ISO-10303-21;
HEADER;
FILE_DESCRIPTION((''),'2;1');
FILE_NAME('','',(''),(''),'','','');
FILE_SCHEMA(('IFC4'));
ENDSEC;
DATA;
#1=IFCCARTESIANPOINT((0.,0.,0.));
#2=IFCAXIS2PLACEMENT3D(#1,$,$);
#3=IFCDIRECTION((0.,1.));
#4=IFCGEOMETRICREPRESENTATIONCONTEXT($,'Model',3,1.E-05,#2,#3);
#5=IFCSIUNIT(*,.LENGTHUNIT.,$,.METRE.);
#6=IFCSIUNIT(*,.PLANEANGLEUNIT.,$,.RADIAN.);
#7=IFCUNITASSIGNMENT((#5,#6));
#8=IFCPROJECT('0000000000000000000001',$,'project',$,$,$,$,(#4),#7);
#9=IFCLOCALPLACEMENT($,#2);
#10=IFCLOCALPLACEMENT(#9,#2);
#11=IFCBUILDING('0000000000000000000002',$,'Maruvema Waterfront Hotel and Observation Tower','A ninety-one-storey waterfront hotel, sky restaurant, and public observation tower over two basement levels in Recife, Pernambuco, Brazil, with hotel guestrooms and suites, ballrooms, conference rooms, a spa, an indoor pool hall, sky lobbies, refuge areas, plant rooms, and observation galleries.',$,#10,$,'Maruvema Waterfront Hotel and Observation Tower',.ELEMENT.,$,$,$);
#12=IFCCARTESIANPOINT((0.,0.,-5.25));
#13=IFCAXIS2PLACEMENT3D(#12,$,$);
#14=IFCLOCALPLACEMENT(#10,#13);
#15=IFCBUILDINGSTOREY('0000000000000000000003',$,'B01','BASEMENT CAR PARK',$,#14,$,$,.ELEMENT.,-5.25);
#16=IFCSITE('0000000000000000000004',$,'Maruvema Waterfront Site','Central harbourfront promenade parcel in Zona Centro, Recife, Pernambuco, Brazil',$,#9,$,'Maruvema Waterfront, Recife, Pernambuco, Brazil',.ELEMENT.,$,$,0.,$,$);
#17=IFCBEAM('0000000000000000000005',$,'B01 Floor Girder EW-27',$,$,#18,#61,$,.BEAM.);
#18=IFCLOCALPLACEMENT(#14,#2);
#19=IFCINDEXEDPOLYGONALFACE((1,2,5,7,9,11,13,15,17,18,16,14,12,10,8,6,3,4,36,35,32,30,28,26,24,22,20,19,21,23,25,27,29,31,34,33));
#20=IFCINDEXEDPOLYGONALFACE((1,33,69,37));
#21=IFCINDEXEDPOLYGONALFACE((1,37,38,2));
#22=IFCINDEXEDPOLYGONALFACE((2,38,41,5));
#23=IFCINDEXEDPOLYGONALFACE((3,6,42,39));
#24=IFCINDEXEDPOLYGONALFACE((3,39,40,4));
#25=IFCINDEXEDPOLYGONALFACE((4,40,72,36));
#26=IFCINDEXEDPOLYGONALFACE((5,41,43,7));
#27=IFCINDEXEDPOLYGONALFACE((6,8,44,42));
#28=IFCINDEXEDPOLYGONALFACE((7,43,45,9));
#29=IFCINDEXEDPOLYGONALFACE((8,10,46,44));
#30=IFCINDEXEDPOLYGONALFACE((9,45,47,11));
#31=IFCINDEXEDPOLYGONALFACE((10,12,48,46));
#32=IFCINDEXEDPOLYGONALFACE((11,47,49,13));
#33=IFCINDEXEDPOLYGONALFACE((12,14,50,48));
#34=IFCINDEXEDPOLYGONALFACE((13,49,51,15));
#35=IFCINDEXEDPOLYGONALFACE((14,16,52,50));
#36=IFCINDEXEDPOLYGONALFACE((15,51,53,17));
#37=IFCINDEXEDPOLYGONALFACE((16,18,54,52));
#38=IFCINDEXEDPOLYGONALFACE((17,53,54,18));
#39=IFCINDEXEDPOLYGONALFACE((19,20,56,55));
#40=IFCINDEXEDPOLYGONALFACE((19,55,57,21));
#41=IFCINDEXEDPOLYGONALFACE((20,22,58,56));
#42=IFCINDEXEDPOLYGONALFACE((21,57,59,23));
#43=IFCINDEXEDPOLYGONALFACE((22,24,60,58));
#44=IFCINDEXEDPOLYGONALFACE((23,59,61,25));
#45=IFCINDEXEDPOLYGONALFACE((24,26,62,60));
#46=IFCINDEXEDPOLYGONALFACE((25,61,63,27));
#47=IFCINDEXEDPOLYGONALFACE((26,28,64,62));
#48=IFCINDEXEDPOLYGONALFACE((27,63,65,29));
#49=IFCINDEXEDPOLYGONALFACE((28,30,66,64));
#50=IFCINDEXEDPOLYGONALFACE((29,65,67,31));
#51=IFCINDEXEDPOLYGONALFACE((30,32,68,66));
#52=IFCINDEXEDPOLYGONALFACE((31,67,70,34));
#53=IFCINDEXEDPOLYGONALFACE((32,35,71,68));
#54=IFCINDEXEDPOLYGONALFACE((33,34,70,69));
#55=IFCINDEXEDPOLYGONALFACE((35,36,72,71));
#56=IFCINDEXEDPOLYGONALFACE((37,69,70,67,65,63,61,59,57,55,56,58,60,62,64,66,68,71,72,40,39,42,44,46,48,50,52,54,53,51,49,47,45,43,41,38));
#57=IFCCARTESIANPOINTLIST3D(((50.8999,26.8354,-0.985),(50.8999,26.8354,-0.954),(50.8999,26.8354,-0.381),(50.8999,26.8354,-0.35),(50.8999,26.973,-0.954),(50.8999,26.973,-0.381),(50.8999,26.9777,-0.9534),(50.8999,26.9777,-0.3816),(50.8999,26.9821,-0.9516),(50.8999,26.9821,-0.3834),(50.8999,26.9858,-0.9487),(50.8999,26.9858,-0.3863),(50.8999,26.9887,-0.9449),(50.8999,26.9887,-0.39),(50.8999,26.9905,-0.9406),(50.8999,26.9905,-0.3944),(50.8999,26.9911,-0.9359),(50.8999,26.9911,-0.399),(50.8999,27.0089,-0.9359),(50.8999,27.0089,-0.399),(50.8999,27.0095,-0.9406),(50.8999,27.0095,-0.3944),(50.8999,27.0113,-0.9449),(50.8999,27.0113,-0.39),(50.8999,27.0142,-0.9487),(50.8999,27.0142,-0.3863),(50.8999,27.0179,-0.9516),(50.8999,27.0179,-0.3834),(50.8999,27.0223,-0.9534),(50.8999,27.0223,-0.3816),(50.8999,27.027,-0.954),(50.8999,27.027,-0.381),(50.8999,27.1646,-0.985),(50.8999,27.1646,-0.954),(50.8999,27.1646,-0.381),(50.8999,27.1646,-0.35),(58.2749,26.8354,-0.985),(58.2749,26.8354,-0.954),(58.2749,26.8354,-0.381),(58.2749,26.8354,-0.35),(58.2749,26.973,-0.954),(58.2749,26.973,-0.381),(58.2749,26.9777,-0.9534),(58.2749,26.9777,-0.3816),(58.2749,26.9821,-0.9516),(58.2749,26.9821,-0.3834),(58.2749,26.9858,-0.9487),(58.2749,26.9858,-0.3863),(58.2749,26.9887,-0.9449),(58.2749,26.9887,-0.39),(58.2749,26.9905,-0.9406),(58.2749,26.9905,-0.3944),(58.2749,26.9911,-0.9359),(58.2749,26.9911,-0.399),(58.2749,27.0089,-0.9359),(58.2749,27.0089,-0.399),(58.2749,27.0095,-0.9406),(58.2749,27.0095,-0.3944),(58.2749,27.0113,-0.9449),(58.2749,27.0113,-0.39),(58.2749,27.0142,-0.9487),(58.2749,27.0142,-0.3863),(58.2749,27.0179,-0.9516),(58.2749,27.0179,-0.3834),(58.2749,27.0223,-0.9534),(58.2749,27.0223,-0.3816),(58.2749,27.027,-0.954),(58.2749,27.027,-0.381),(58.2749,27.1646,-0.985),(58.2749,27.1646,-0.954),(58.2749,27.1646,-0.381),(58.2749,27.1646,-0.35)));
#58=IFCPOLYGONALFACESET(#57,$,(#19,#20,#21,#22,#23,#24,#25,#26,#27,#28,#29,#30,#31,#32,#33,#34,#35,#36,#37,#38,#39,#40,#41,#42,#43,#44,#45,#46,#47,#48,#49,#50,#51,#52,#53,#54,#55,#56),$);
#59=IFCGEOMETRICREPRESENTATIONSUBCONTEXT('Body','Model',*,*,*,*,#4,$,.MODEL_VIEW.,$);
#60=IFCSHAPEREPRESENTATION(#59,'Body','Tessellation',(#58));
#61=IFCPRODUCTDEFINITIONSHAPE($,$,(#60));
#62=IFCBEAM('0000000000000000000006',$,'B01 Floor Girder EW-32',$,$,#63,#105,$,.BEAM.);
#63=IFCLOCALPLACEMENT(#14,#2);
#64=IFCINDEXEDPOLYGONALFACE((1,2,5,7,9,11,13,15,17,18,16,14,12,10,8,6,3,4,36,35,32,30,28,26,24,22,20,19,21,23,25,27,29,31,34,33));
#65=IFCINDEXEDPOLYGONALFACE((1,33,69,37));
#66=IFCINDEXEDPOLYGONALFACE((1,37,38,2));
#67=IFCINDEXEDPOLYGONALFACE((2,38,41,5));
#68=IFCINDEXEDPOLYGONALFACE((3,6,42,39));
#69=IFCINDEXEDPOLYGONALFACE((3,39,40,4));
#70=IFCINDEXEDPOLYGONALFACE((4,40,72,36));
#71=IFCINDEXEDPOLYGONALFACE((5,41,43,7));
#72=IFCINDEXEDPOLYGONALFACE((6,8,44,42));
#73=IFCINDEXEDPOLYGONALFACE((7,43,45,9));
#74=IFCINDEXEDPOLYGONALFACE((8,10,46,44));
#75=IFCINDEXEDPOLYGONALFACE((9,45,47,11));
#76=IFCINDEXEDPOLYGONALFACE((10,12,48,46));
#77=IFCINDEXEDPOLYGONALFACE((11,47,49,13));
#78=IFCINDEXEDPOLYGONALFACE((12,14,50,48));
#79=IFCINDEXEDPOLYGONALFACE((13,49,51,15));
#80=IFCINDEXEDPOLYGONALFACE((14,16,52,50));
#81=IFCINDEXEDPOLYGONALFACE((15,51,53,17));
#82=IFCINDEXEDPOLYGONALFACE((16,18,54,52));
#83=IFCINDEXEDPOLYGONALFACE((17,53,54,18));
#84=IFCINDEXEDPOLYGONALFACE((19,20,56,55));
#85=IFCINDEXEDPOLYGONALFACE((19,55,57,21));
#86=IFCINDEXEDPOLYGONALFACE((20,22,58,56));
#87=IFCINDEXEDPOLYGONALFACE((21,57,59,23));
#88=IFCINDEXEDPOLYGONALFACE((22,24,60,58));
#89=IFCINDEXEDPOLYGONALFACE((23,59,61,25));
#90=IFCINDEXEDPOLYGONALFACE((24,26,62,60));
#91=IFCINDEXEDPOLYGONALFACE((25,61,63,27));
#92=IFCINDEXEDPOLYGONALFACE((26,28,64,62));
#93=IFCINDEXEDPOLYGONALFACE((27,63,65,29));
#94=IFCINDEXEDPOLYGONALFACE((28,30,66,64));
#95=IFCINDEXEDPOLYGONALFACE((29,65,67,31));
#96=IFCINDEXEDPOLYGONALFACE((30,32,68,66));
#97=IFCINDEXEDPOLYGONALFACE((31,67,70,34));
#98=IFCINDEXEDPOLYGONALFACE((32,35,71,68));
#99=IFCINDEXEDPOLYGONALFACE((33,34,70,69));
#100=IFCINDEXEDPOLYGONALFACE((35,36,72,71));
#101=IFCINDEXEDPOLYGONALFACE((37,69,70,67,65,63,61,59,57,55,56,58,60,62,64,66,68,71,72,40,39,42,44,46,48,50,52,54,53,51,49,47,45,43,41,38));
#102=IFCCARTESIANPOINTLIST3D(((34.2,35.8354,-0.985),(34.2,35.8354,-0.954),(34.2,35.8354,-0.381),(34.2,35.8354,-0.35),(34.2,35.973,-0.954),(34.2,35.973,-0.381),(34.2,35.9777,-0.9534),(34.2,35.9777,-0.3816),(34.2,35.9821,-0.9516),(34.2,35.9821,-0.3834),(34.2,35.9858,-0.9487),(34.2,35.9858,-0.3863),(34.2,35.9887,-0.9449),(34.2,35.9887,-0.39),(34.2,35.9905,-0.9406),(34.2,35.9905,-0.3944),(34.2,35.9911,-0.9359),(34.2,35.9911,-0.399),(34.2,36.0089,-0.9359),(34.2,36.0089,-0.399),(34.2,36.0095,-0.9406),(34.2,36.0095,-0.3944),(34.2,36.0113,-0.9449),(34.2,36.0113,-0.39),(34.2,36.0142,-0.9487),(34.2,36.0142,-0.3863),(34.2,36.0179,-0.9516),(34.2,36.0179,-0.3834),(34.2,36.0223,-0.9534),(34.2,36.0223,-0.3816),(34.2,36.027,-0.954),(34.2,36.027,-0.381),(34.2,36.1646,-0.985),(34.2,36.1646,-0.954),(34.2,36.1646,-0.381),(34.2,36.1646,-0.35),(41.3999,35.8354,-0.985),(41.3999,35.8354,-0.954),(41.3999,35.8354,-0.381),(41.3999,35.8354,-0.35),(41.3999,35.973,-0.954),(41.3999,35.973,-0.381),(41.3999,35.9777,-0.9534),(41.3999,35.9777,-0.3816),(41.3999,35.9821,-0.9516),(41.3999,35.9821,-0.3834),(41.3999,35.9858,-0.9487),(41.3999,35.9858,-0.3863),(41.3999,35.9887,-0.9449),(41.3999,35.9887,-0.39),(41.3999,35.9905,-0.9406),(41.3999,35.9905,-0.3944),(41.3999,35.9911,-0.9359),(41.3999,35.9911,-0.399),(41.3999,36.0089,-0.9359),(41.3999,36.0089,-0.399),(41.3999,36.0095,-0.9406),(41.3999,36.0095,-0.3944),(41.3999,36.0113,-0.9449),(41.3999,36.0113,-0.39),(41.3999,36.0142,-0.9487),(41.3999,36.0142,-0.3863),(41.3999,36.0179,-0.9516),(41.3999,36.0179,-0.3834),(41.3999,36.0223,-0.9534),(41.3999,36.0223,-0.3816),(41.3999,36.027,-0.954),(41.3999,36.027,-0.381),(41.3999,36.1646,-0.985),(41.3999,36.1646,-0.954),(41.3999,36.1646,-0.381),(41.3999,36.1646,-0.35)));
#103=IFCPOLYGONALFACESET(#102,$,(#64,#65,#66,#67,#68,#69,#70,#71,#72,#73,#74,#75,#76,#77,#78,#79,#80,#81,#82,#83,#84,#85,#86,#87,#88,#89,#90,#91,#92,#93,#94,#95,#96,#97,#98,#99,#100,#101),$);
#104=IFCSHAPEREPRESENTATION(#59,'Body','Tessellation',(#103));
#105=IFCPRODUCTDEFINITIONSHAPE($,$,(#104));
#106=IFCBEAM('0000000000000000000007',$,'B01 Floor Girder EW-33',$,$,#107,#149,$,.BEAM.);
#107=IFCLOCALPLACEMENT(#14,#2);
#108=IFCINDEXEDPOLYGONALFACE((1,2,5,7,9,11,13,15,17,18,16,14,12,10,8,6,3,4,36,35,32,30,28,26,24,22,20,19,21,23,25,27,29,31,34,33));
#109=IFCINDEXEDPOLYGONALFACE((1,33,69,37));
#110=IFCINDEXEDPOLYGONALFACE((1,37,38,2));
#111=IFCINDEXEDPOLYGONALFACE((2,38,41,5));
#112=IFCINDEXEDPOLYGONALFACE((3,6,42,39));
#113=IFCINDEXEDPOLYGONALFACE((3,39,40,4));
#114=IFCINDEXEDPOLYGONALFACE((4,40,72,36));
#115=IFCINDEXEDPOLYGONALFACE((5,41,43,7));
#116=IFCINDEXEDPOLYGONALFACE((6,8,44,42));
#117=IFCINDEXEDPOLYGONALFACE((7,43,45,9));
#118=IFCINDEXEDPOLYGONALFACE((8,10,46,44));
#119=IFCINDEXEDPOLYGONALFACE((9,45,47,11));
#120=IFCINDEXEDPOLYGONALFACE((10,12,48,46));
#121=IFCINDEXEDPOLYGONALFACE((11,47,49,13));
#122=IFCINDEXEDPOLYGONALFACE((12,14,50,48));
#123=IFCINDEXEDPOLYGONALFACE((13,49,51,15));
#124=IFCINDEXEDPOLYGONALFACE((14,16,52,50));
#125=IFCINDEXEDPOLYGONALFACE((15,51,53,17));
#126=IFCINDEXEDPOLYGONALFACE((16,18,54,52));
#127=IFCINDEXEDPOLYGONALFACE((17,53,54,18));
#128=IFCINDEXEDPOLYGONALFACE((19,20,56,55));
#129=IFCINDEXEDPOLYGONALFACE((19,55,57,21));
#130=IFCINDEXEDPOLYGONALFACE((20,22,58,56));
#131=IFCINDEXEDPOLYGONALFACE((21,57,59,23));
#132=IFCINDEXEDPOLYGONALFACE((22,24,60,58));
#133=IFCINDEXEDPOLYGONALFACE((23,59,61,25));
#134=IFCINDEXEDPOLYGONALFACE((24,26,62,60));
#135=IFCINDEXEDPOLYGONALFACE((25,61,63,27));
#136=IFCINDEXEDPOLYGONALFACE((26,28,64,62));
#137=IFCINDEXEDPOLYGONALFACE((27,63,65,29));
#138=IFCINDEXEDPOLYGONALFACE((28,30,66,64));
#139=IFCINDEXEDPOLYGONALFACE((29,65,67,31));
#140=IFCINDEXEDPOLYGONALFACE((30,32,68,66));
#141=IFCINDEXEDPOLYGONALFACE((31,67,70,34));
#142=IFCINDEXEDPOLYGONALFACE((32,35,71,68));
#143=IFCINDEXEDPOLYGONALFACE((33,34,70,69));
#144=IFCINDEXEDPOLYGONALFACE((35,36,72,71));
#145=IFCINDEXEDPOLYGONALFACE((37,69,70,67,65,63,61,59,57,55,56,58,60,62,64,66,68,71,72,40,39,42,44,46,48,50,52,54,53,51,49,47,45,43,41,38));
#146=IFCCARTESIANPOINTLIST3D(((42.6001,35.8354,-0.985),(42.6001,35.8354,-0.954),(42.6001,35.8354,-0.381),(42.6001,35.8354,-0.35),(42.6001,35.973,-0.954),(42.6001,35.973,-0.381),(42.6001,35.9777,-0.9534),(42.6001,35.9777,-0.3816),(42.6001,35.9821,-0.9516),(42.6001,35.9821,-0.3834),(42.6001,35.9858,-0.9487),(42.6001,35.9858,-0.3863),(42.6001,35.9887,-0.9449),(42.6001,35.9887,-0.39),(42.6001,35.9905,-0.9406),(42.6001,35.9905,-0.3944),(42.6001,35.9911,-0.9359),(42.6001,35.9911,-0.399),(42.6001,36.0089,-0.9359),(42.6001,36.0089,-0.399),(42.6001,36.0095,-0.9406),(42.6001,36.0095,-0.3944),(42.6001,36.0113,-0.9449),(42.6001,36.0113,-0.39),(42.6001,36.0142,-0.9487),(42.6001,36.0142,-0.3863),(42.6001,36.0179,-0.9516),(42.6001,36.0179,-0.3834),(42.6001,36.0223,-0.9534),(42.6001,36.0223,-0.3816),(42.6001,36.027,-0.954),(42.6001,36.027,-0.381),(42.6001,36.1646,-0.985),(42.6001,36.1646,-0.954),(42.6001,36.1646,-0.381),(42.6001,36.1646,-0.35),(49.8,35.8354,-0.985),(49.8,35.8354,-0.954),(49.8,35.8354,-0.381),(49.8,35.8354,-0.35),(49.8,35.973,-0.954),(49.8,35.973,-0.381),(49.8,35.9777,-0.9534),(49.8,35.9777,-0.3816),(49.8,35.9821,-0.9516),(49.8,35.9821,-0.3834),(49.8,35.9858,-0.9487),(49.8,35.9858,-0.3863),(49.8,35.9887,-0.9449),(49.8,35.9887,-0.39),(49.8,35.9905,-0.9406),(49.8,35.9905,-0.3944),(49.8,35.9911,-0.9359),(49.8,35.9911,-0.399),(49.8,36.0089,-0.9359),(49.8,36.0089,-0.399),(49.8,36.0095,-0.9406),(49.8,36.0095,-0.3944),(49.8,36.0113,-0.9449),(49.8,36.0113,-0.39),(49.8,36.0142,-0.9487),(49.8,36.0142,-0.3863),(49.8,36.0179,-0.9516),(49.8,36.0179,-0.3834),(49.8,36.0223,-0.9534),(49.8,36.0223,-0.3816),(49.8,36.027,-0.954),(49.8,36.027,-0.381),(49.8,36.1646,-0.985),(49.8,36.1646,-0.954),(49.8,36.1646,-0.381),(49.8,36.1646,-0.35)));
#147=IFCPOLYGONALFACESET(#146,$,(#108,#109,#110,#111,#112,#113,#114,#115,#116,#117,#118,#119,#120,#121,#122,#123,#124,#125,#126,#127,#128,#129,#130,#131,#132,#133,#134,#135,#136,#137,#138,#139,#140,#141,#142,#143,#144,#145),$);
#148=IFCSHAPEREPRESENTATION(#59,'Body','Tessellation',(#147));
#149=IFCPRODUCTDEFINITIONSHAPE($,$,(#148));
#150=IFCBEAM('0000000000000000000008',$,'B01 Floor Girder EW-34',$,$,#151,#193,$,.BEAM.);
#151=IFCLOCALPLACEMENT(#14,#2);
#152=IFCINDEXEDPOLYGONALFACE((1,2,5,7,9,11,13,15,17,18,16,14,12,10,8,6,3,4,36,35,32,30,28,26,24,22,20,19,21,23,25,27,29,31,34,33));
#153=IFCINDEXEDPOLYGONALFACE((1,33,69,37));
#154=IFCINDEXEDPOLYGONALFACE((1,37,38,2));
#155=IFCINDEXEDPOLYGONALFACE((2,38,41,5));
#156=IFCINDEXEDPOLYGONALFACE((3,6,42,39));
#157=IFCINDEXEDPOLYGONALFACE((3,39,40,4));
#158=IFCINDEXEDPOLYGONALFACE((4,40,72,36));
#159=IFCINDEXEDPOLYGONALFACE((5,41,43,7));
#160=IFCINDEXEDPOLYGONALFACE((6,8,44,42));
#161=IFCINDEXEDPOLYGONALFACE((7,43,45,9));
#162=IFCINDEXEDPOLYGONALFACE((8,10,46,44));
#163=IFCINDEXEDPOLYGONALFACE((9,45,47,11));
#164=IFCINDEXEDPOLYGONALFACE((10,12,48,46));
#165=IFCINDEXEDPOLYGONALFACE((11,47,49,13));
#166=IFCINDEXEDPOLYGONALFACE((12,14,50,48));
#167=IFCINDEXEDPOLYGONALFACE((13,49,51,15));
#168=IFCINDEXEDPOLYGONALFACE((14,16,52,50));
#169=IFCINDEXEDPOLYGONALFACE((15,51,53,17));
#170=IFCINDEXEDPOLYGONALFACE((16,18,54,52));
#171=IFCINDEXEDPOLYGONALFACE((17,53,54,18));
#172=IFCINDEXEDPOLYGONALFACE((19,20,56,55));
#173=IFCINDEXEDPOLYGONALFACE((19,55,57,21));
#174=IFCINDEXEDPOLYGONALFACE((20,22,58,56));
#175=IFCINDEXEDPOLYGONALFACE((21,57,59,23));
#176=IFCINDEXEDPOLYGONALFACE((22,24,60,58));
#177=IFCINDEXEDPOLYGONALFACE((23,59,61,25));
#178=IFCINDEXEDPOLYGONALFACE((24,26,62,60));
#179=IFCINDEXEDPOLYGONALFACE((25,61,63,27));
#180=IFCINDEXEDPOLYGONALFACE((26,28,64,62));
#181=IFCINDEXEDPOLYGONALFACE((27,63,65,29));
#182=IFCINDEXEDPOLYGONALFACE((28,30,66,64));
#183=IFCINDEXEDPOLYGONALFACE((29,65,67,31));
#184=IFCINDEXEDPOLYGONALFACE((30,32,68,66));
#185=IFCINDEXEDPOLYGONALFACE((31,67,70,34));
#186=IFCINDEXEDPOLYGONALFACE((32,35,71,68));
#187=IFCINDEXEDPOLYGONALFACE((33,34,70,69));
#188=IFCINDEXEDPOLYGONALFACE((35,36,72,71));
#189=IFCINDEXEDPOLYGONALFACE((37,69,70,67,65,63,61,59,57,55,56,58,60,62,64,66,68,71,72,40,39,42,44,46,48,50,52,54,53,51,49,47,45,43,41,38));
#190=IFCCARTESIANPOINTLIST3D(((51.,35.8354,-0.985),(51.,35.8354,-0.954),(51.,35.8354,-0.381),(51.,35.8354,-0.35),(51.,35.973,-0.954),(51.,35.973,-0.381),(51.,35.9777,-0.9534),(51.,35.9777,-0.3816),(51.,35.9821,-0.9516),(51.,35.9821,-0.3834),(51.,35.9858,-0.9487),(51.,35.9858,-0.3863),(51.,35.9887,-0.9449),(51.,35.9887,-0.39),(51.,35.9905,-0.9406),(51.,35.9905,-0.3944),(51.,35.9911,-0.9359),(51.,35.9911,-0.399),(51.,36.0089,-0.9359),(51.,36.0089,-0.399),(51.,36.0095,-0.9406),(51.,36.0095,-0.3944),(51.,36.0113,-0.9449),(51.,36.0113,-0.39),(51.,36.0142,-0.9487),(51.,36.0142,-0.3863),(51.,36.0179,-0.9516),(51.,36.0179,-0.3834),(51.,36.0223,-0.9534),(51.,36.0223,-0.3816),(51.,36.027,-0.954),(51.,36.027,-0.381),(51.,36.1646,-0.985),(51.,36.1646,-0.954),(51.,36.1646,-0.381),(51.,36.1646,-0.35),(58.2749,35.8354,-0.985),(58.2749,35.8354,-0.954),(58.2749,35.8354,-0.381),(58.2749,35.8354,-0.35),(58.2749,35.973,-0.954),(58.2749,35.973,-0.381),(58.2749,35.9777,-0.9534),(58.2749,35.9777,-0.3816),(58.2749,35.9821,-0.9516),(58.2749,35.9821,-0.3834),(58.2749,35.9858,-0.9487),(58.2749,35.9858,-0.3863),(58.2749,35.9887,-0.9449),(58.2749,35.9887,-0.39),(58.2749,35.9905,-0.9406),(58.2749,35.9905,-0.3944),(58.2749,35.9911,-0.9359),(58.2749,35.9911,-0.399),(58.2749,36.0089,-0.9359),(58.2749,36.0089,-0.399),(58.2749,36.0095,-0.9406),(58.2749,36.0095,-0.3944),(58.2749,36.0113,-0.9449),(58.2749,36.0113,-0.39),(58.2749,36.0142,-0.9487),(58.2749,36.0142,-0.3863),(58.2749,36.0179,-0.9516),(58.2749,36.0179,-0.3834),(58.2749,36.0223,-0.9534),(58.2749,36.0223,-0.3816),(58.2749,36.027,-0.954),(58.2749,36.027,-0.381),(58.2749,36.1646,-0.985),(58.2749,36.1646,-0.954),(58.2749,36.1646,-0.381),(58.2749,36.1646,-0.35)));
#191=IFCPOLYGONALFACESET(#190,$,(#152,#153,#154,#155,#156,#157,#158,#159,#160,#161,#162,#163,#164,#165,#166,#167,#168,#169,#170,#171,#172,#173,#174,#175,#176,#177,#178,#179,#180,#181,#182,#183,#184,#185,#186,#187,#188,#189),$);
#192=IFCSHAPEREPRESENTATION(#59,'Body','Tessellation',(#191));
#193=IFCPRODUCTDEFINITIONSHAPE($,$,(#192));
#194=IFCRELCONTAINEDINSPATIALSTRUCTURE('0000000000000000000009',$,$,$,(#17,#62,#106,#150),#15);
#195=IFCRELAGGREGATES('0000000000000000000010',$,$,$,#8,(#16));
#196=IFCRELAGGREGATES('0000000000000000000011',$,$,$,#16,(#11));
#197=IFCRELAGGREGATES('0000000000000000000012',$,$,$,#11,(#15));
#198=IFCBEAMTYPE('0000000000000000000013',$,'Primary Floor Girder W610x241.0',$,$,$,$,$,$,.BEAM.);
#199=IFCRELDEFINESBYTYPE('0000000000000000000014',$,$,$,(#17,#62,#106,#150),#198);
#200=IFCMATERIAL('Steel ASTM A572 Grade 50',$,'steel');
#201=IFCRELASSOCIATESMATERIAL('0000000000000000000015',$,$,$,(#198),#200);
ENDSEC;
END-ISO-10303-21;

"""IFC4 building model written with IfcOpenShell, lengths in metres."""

from ifc_helpers import new_model, si_unit, direction, frame, origin, origin_2d, place, context, subcontext, project, spatial, i_section, extrude, material, material_profile, profile_set, type_object, element, save


model = new_model("IFC4")

# Units and contexts
model_context = context("Model", 3, precision=1e-05, world=origin(), true_north=direction((0.0, 1.0)))
body_context = subcontext(model_context, "Body", "Model", "MODEL_VIEW")
ifc_project = project(units=[si_unit("LENGTHUNIT", "METRE"), si_unit("PLANEANGLEUNIT", "RADIAN")], contexts=[model_context])

# Site, building, storey
site_placement = place(None, origin())
site = spatial("IfcSite", under=ifc_project, at=site_placement, Name="Maruvema Waterfront Site", Description="Central harbourfront promenade parcel in Zona Centro, Recife, Pernambuco, Brazil", LongName="Maruvema Waterfront, Recife, Pernambuco, Brazil", CompositionType="ELEMENT", RefElevation=0.0)
building_placement = place(site_placement, origin())
building = spatial("IfcBuilding", under=site, at=building_placement, Name="Maruvema Waterfront Hotel and Observation Tower", Description="A ninety-one-storey waterfront hotel, sky restaurant, and public observation tower over two basement levels in Recife, Pernambuco, Brazil, with hotel guestrooms and suites, ballrooms, conference rooms, a spa, an indoor pool hall, sky lobbies, refuge areas, plant rooms, and observation galleries.", LongName="Maruvema Waterfront Hotel and Observation Tower", CompositionType="ELEMENT")
storey_placement = place(building_placement, frame((0.0, 0.0, -5.25)))
storey = spatial("IfcBuildingStorey", under=building, at=storey_placement, Name="B01", Description="BASEMENT CAR PARK", CompositionType="ELEMENT", Elevation=-5.25)

# Beams
ifc_material_1 = material(Name="Steel ASTM A572 Grade 50", Category="steel")
ifc_material_profile_1 = material_profile(ifc_material_1, i_section(OverallWidth=0.3291, OverallDepth=0.635, WebThickness=0.0178, FlangeThickness=0.031, FilletRadius=0.0181, at=origin_2d()), Name="W610x241.0")
ifc_profile_set_1 = profile_set([ifc_material_profile_1], Name="Steel ASTM A572 Grade 50")
beam_type = type_object("IfcBeamType", Name="Primary Floor Girder W610x241.0", PredefinedType="BEAM", material=ifc_profile_set_1)
beam_1_placement = place(storey_placement, frame((50.8999, 27.0, -0.6675), z_axis=(1.0, 0.0, 0.0), x_axis=(0.0, 1.0, 0.0)))
element("IfcBeam", 1, at=beam_1_placement, inside=storey, type_object=beam_type, Name="B01 Floor Girder EW-27", PredefinedType="BEAM", context=body_context, shape_type="SweptSolid", body=[
    extrude(i_section(OverallWidth=0.3291, OverallDepth=0.635, WebThickness=0.0178, FlangeThickness=0.031, FilletRadius=0.0181, at=origin_2d()), origin(), (0.0, 0.0, 1.0), 7.375),
])
for number, where, z_axis, x_axis, name in (
    (2, (34.2, 36.0, -0.6675), (1.0, 0.0, 0.0), (0.0, 1.0, 0.0), "B01 Floor Girder EW-32"),
    (3, (42.6001, 36.0, -0.6675), (1.0, 0.0, 0.0), (0.0, 1.0, 0.0), "B01 Floor Girder EW-33"),
):
    element("IfcBeam", number, at=place(storey_placement, frame(where, z_axis=z_axis, x_axis=x_axis)), inside=storey, type_object=beam_type, Name=name, PredefinedType="BEAM", context=body_context, shape_type="SweptSolid", body=[
        extrude(i_section(OverallWidth=0.3291, OverallDepth=0.635, WebThickness=0.0178, FlangeThickness=0.031, FilletRadius=0.0181, at=origin_2d()), origin(), (0.0, 0.0, 1.0), 7.2),
    ])
beam_2_placement = place(storey_placement, frame((51.0, 36.0, -0.6675), z_axis=(1.0, 0.0, 0.0), x_axis=(0.0, 1.0, 0.0)))
element("IfcBeam", 4, at=beam_2_placement, inside=storey, type_object=beam_type, Name="B01 Floor Girder EW-34", PredefinedType="BEAM", context=body_context, shape_type="SweptSolid", body=[
    extrude(i_section(OverallWidth=0.3291, OverallDepth=0.635, WebThickness=0.0178, FlangeThickness=0.031, FilletRadius=0.0181, at=origin_2d()), origin(), (0.0, 0.0, 1.0), 7.2749),
])

save(model, "model.ifc")
